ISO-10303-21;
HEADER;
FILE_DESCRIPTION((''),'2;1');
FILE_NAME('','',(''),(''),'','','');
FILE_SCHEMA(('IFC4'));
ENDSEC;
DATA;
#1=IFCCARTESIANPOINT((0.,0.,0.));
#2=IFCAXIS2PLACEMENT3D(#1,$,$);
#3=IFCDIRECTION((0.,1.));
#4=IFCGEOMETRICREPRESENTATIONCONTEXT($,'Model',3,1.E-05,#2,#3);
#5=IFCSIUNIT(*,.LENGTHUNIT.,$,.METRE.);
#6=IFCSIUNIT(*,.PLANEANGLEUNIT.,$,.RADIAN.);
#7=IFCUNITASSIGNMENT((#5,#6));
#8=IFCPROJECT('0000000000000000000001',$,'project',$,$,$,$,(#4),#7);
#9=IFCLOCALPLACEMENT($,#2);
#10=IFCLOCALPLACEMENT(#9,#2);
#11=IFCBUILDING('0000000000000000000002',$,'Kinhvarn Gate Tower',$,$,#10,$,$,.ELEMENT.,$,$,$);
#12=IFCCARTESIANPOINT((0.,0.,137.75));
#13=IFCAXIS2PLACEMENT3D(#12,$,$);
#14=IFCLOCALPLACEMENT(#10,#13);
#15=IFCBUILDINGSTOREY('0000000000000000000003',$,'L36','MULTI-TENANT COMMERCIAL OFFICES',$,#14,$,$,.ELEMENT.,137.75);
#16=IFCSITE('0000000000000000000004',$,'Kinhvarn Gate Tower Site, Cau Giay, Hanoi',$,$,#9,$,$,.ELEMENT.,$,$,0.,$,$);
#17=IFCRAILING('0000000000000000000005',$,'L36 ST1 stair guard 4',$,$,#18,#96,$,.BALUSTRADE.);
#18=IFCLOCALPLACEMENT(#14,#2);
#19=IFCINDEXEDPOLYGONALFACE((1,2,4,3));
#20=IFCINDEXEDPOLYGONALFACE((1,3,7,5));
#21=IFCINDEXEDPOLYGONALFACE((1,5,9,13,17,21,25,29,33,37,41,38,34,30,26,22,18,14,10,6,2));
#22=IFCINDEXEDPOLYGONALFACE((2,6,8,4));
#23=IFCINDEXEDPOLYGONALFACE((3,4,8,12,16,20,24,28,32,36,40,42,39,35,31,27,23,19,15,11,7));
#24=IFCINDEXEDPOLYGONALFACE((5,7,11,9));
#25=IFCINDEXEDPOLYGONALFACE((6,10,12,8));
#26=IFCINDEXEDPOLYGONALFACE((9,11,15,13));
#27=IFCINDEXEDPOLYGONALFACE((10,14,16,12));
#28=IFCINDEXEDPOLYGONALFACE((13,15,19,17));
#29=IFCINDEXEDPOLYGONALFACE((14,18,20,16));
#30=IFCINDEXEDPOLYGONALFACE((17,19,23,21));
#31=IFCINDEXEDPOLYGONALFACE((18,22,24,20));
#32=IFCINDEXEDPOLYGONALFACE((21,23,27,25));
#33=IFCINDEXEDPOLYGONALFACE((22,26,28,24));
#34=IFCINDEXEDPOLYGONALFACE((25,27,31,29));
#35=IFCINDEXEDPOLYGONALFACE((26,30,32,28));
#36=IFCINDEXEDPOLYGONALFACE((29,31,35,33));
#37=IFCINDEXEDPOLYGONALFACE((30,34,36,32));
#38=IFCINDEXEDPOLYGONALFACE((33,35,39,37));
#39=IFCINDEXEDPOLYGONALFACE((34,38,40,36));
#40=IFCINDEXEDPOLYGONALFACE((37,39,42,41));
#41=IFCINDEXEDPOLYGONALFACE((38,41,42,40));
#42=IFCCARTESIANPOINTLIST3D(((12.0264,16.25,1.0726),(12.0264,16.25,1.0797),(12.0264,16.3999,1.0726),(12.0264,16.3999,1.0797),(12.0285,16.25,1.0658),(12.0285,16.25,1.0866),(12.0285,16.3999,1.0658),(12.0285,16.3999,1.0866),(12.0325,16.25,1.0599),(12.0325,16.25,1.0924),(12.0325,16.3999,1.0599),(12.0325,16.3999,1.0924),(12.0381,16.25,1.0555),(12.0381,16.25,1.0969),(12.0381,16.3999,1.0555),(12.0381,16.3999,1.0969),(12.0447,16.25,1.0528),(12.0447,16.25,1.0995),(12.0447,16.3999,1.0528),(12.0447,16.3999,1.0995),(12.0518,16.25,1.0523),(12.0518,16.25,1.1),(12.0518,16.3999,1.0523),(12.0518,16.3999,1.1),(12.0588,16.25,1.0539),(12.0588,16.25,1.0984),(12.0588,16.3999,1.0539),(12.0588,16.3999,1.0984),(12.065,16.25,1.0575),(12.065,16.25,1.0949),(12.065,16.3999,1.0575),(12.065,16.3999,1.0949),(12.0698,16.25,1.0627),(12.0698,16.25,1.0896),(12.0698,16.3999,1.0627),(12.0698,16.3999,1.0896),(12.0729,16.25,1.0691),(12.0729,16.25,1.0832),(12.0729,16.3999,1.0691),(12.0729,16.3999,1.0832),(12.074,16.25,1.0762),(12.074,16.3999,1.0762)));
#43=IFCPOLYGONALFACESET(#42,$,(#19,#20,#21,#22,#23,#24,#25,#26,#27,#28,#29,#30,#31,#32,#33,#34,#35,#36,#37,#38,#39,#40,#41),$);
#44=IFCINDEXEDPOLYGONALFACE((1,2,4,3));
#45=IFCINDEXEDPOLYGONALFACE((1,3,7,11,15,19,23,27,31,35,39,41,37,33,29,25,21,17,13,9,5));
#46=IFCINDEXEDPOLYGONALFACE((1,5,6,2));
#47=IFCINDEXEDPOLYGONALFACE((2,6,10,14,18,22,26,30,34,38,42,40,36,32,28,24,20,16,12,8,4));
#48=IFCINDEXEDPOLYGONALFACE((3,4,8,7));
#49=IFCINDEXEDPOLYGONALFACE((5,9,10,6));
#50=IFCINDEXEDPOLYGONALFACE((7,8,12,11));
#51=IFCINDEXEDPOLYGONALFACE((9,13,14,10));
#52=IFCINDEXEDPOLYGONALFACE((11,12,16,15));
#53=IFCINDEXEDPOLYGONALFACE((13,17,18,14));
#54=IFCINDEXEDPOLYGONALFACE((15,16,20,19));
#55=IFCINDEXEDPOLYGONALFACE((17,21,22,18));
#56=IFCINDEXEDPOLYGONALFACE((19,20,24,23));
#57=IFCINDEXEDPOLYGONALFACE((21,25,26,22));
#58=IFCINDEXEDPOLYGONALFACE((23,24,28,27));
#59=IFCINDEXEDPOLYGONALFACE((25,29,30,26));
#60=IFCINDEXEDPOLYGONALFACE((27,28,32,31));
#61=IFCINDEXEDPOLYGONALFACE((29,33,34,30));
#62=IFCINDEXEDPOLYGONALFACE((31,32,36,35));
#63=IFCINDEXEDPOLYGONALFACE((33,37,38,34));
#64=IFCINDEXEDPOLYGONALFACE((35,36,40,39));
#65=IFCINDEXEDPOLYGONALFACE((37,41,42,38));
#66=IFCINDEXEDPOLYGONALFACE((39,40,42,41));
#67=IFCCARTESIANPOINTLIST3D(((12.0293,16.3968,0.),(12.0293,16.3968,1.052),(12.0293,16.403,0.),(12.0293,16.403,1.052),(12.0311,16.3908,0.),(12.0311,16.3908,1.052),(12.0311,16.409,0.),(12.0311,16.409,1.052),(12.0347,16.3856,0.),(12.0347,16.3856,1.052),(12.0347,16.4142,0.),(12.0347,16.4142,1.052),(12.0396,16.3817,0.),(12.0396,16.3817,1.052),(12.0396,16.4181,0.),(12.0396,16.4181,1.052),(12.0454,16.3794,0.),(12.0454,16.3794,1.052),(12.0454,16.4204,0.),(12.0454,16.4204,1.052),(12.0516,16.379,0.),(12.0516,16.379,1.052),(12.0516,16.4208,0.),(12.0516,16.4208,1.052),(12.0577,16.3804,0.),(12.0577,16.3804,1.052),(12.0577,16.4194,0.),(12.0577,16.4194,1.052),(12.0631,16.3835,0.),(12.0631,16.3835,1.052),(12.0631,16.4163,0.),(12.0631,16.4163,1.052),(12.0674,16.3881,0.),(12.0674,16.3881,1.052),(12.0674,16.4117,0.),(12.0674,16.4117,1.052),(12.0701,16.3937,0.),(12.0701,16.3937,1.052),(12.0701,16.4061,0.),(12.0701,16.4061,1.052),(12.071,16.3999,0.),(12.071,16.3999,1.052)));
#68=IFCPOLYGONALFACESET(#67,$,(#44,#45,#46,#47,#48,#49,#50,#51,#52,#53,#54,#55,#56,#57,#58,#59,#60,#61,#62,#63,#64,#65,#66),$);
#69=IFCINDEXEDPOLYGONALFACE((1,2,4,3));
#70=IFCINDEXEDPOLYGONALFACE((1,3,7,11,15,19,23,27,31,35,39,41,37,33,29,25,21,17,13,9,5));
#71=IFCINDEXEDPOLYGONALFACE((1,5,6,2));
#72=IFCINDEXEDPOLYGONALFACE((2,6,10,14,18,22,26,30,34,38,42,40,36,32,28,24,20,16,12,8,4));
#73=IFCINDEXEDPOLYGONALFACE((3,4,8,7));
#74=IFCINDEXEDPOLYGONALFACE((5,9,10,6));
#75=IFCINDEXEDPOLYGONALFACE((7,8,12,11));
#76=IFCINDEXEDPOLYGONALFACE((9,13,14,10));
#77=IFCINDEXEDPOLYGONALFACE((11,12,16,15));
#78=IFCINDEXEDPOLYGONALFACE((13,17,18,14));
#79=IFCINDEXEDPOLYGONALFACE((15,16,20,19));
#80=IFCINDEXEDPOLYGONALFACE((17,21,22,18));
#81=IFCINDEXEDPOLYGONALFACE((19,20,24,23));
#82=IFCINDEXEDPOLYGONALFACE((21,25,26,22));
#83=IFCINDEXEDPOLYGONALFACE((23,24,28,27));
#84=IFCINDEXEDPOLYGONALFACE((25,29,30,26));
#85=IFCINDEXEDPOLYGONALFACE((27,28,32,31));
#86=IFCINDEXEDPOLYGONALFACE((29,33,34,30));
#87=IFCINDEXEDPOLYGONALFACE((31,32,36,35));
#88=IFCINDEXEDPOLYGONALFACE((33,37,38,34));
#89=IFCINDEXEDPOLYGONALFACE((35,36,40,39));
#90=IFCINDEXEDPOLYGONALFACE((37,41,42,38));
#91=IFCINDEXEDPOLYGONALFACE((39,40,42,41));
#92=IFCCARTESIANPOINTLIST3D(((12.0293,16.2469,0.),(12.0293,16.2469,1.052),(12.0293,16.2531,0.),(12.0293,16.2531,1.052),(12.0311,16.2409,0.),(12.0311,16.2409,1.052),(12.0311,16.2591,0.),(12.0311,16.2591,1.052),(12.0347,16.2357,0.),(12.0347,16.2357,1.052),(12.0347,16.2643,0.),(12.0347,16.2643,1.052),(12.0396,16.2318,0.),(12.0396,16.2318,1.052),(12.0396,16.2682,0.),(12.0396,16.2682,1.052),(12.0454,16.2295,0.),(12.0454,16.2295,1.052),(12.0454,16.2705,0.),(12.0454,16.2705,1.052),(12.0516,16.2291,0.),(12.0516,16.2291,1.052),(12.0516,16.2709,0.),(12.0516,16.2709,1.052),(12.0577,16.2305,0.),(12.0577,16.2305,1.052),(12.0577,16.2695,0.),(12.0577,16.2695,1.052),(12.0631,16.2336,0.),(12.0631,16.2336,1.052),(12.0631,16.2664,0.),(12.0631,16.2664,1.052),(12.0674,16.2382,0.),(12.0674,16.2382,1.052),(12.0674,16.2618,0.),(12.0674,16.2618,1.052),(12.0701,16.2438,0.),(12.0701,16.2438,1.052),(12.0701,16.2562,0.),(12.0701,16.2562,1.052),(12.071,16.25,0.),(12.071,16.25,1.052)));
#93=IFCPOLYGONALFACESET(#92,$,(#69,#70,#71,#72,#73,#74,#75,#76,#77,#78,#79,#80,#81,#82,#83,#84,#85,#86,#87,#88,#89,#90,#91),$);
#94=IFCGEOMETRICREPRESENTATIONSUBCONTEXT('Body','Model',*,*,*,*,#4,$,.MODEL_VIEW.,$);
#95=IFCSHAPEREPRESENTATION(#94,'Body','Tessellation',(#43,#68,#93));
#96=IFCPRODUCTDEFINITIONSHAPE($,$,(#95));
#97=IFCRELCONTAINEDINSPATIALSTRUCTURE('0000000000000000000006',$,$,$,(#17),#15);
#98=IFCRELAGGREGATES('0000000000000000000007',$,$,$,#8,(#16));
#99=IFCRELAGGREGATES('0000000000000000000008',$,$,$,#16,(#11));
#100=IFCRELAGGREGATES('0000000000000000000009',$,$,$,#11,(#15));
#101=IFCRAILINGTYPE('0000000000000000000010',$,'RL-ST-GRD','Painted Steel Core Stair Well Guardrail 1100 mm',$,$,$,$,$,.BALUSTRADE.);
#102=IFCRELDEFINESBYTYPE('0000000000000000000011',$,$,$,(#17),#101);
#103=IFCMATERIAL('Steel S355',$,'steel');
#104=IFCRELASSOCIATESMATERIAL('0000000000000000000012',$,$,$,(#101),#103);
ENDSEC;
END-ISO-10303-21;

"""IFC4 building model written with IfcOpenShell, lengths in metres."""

from ifc_helpers import new_model, si_unit, direction, frame, origin, origin_2d, place, context, subcontext, project, spatial, circle, extrude, material, type_object, element, save


model = new_model("IFC4")

# Units and contexts
model_context = context("Model", 3, precision=1e-05, world=origin(), true_north=direction((0.0, 1.0)))
body_context = subcontext(model_context, "Body", "Model", "MODEL_VIEW")
ifc_project = project(units=[si_unit("LENGTHUNIT", "METRE"), si_unit("PLANEANGLEUNIT", "RADIAN")], contexts=[model_context])

# Site, building, storey
site_placement = place(None, origin())
site = spatial("IfcSite", under=ifc_project, at=site_placement, Name="Kinhvarn Gate Tower Site, Cau Giay, Hanoi", CompositionType="ELEMENT", RefElevation=0.0)
building_placement = place(site_placement, origin())
building = spatial("IfcBuilding", under=site, at=building_placement, Name="Kinhvarn Gate Tower", CompositionType="ELEMENT")
storey_placement = place(building_placement, frame((0.0, 0.0, 137.75)))
storey = spatial("IfcBuildingStorey", under=building, at=storey_placement, Name="L36", Description="MULTI-TENANT COMMERCIAL OFFICES", CompositionType="ELEMENT", Elevation=137.75)

# Shared definitions
ifc_material_1 = material(Name="Steel S355", Category="steel")

# Railing
railing_type_1 = type_object("IfcRailingType", Name="RL-ST-GRD", Description="Painted Steel Core Stair Well Guardrail 1100 mm", PredefinedType="BALUSTRADE", material=ifc_material_1)
railing_1_placement = place(storey_placement, frame((12.05, 16.3999, 0.0)))
element("IfcRailing", 1, at=railing_1_placement, inside=storey, type_object=railing_type_1, Name="L36 ST1 stair guard 4", PredefinedType="BALUSTRADE", context=body_context, shape_type="SweptSolid", body=[
    extrude(circle(Radius=0.0239, at=origin_2d()), frame((0.0, 0.0, 1.0762), z_axis=(0.0, -1.0, 0.0), x_axis=(1.0, 0.0, 0.0)), (0.0, 0.0, 1.0), 0.1499),
    extrude(circle(Radius=0.021, at=origin_2d()), origin(), (0.0, 0.0, 1.0), 1.052),
    extrude(circle(Radius=0.021, at=origin_2d()), frame((0.0, -0.1499, 0.0)), (0.0, 0.0, 1.0), 1.052),
])

save(model, "model.ifc")
